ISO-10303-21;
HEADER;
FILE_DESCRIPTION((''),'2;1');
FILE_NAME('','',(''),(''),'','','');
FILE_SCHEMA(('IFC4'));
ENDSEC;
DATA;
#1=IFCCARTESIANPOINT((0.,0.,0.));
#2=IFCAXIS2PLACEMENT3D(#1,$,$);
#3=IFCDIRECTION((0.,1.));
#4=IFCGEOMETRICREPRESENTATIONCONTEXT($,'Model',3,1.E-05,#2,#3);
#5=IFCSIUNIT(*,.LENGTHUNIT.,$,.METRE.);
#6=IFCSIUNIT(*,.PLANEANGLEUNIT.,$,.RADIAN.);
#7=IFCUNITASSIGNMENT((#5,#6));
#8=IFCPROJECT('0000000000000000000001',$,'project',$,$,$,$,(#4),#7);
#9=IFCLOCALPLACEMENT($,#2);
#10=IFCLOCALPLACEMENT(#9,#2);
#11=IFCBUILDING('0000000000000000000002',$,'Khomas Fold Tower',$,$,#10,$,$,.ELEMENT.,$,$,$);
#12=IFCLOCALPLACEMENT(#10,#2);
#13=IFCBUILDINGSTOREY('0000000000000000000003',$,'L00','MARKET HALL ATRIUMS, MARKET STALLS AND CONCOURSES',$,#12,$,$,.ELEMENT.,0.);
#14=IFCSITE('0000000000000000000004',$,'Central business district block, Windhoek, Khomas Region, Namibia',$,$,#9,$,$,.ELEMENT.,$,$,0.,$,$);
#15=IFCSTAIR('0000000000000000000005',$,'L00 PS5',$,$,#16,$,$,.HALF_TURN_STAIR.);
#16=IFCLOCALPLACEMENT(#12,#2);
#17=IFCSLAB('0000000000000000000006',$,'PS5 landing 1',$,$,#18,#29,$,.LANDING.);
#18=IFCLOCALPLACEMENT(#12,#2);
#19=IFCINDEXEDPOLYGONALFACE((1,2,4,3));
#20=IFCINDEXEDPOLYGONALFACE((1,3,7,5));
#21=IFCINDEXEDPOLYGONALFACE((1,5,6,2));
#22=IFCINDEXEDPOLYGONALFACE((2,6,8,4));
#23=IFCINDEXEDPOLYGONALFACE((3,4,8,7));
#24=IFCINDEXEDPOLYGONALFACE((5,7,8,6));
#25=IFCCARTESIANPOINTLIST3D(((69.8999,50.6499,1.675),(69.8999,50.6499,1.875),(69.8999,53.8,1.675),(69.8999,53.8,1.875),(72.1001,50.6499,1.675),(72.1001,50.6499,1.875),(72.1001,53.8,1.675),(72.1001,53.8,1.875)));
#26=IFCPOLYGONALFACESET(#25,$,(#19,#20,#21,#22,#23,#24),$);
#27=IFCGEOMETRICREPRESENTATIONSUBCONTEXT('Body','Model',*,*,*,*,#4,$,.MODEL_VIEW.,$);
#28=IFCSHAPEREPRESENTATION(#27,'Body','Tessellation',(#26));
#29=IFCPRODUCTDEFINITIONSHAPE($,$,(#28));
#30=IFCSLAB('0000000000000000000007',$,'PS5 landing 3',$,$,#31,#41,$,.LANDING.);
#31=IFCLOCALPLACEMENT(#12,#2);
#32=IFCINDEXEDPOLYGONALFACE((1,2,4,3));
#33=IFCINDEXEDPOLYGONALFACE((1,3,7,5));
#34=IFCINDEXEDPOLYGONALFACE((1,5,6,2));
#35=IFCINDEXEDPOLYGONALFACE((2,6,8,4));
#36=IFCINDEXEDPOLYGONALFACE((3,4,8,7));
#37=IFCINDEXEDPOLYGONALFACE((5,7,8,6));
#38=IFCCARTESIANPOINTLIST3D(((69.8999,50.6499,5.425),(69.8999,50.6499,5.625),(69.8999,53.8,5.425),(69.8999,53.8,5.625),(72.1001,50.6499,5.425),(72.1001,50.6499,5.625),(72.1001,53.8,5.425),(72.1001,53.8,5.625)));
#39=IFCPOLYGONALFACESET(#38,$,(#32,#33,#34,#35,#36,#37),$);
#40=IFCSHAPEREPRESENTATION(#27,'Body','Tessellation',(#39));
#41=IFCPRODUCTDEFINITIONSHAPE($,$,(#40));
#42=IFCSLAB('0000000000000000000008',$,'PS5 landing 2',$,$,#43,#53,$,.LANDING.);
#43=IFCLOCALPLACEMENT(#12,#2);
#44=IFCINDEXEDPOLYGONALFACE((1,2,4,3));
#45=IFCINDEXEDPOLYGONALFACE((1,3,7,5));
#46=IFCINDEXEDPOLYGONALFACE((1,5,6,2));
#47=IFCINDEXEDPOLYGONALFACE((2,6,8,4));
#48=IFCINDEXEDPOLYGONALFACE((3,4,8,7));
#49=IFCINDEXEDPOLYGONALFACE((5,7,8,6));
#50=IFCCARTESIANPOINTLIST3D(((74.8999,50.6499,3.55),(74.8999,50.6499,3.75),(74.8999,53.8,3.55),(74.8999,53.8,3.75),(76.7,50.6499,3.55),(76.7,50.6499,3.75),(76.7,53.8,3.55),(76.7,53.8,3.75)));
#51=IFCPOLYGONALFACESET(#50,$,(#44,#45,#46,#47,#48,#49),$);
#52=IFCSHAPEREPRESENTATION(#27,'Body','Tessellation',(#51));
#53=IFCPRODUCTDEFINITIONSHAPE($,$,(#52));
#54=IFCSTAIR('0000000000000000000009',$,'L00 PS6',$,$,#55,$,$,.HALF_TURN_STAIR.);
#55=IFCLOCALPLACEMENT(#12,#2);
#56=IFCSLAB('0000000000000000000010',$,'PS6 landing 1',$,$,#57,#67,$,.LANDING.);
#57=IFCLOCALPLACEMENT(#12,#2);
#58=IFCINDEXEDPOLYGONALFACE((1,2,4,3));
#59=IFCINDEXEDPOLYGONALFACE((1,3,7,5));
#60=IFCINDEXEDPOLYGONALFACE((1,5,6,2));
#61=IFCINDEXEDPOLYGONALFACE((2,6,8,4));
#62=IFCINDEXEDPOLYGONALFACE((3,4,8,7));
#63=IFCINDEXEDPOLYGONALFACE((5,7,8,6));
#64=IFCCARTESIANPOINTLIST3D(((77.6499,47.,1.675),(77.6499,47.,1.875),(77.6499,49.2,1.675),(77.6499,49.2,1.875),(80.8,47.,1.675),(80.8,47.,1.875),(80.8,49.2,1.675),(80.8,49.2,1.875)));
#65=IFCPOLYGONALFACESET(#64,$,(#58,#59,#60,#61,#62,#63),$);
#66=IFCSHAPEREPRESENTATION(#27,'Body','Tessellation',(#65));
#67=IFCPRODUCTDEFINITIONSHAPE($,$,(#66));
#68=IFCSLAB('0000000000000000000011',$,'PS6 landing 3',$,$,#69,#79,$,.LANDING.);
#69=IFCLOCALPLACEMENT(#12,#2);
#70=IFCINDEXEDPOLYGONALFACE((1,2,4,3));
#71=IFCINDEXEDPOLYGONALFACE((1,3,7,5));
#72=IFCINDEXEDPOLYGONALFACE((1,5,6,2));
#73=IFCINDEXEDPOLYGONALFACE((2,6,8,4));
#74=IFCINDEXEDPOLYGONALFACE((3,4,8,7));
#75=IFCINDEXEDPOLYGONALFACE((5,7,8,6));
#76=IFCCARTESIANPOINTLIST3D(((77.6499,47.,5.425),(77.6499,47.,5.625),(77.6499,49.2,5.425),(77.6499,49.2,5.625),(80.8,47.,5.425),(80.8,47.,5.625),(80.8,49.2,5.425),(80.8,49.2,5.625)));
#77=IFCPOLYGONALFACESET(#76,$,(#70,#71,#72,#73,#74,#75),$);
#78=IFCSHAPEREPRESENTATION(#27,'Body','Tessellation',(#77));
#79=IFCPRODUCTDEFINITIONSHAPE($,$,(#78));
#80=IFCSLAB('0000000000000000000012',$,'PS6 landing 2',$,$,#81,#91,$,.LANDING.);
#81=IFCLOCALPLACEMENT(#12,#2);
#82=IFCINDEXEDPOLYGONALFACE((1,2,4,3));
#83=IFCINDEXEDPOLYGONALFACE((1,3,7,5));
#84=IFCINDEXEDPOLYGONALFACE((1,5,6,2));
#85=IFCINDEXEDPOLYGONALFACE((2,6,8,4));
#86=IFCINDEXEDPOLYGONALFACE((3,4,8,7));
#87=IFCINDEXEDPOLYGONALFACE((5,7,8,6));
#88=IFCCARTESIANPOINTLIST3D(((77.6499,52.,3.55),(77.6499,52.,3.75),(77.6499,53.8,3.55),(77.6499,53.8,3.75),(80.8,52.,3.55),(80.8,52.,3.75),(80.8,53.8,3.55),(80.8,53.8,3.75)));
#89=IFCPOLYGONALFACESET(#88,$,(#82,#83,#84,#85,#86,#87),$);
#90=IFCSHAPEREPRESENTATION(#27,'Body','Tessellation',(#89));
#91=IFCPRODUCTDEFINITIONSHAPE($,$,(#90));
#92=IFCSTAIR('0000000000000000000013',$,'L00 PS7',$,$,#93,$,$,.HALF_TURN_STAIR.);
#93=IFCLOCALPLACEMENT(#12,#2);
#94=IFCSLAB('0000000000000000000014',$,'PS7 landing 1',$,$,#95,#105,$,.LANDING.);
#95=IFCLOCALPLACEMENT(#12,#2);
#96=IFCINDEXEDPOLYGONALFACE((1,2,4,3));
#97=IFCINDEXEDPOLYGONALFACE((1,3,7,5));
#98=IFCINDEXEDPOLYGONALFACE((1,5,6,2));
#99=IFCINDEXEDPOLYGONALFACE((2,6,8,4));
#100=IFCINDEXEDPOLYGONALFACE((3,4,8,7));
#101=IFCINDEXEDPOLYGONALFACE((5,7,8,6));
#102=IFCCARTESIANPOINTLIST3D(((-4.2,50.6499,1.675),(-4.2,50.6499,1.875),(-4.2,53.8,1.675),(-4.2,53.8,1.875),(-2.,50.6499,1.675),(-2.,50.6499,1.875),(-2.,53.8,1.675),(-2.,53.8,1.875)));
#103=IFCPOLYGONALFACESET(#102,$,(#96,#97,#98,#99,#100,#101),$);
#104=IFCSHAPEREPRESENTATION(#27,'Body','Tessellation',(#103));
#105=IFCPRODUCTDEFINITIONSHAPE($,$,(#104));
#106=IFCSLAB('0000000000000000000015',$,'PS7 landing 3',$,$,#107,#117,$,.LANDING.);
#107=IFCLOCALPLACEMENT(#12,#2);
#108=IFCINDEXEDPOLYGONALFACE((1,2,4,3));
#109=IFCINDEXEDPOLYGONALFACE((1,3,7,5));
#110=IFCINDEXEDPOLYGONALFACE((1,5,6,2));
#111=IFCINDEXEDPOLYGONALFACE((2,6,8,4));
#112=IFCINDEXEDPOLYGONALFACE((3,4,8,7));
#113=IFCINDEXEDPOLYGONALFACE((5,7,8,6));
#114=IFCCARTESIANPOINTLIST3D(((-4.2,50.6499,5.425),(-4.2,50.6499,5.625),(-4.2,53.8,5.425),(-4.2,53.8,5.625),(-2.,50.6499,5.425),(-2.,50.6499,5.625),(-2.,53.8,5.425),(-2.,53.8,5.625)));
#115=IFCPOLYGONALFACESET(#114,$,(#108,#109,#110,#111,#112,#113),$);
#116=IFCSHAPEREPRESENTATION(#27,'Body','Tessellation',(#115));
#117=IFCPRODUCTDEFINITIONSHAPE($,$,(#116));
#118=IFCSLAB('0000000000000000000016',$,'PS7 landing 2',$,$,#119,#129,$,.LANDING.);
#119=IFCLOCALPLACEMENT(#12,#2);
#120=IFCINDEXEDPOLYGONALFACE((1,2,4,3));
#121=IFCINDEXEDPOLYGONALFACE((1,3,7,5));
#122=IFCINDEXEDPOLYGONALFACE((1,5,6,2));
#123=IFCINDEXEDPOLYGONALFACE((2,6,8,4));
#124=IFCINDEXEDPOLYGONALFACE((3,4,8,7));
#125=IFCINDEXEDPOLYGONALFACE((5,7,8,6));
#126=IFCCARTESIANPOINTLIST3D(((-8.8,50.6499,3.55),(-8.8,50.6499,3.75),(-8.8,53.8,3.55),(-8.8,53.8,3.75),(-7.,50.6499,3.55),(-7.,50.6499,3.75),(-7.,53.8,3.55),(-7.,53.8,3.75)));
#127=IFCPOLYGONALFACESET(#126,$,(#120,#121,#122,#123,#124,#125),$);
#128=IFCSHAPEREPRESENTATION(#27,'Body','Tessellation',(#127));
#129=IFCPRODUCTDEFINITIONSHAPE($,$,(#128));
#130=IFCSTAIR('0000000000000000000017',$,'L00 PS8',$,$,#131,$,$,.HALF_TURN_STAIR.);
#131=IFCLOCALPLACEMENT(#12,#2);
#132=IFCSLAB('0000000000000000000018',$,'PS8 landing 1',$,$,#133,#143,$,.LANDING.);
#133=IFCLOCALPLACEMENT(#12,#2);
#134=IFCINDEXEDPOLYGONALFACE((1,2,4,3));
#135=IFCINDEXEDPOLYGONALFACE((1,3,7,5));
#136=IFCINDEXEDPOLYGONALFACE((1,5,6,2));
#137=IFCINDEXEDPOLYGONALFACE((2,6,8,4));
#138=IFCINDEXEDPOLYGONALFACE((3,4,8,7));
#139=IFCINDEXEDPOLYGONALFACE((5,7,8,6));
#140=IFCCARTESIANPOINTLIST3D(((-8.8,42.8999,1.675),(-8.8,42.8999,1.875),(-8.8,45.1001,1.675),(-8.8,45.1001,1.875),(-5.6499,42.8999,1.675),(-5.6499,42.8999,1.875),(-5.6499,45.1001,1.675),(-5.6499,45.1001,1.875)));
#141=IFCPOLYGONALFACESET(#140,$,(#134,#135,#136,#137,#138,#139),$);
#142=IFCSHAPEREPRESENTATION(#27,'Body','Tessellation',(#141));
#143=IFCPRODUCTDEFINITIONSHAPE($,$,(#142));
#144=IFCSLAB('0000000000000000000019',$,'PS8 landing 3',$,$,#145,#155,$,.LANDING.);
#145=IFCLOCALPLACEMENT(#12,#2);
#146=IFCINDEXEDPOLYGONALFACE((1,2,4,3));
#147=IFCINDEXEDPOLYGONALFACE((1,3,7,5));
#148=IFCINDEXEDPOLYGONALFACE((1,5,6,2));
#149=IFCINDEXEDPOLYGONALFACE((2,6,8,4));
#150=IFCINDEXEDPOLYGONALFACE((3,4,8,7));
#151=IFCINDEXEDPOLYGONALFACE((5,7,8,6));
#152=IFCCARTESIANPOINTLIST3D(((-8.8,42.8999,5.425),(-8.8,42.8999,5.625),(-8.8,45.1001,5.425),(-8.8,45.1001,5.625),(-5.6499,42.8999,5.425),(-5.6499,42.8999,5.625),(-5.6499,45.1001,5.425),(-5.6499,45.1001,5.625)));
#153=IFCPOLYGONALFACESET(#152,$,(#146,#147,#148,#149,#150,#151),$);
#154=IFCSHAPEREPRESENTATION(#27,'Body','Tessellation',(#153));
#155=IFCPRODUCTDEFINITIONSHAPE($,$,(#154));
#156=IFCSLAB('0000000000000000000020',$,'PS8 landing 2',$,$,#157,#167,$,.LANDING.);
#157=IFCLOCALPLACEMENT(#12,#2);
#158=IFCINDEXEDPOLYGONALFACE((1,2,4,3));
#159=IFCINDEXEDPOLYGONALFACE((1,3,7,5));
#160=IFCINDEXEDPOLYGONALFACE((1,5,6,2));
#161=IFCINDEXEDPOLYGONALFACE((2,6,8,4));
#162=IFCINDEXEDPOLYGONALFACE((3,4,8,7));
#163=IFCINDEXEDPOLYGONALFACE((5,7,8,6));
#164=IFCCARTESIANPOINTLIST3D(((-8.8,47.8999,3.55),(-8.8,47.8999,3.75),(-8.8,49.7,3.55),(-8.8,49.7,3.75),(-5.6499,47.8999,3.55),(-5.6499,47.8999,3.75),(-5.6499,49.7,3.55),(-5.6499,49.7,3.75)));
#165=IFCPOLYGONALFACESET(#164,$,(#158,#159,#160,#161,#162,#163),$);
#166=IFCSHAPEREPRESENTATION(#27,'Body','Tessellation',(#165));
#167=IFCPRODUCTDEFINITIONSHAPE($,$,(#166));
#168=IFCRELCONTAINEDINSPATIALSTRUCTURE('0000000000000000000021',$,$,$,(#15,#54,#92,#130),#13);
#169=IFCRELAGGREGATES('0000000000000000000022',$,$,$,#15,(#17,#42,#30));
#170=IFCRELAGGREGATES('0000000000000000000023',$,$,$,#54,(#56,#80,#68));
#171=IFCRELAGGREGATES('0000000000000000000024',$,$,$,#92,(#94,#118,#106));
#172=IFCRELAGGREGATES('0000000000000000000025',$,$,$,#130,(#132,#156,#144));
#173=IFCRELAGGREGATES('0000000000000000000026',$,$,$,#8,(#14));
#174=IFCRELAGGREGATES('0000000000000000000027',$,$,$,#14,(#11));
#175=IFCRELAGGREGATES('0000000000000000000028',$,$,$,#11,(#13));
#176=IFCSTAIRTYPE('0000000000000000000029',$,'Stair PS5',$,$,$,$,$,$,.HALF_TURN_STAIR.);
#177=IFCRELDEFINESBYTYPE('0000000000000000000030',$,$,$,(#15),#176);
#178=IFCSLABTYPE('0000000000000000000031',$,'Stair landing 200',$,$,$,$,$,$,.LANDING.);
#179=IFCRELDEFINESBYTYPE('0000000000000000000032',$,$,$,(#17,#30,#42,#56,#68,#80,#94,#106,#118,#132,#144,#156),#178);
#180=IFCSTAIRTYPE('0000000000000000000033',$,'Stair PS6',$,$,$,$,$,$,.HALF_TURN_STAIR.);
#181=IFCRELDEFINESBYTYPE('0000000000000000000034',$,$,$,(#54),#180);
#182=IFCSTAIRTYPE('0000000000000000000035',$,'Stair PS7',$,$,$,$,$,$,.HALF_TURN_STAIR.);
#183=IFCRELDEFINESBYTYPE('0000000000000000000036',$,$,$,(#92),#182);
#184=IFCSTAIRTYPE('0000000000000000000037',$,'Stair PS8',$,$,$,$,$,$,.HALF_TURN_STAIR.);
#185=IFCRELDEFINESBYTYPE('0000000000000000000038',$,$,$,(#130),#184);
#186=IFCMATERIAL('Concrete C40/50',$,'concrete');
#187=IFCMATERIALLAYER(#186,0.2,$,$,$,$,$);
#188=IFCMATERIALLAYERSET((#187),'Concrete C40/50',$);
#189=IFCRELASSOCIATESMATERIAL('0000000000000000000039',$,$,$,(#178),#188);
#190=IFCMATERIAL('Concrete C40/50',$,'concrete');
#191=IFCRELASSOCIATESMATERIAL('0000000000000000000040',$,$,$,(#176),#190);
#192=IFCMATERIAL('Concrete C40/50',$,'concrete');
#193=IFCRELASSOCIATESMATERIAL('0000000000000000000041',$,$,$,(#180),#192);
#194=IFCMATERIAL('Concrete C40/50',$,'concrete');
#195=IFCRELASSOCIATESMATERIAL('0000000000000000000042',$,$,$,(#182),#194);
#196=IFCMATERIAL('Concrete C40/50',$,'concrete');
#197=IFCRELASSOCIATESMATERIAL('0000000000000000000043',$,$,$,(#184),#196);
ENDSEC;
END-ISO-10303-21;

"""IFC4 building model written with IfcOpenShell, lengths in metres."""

from ifc_helpers import new_model, si_unit, direction, frame, origin, place, context, subcontext, project, spatial, polyline, outline, extrude, source, transform, mapped, material, layer, layer_set, type_object, element, aggregate, save


model = new_model("IFC4")

# Units and contexts
model_context = context("Model", 3, precision=1e-05, world=origin(), true_north=direction((0.0, 1.0)))
body_context = subcontext(model_context, "Body", "Model", "MODEL_VIEW")
ifc_project = project(units=[si_unit("LENGTHUNIT", "METRE"), si_unit("PLANEANGLEUNIT", "RADIAN")], contexts=[model_context])

# Site, building, storey
site_placement = place(None, origin())
site = spatial("IfcSite", under=ifc_project, at=site_placement, Name="Central business district block, Windhoek, Khomas Region, Namibia", CompositionType="ELEMENT", RefElevation=0.0)
building_placement = place(site_placement, origin())
building = spatial("IfcBuilding", under=site, at=building_placement, Name="Khomas Fold Tower", CompositionType="ELEMENT")
storey_placement = place(building_placement, origin())
storey = spatial("IfcBuildingStorey", under=building, at=storey_placement, Name="L00", Description="MARKET HALL ATRIUMS, MARKET STALLS AND CONCOURSES", CompositionType="ELEMENT", Elevation=0.0)

# Stairs, slabs
ifc_material_1 = material(Name="Concrete C40/50", Category="concrete")
ifc_layer_1 = layer(ifc_material_1, 0.2)
ifc_layer_set_1 = layer_set([ifc_layer_1], Name="Concrete C40/50")
slab_type = type_object("IfcSlabType", Name="Stair landing 200", PredefinedType="LANDING", material=ifc_layer_set_1)
ifc_material_2 = material(Name="Concrete C40/50", Category="concrete")
stair_type_1 = type_object("IfcStairType", Name="Stair PS5", PredefinedType="HALF_TURN_STAIR", material=ifc_material_2)
stair_1_placement = place(storey_placement, origin())
stair_1 = element("IfcStair", 1, at=stair_1_placement, inside=storey, type_object=stair_type_1, Name="L00 PS5", PredefinedType="HALF_TURN_STAIR")
shared_shape_1 = source(origin(), body_context, "Body", "SweptSolid", [
    extrude(outline(polyline([(72.1001, 53.8), (69.8999, 53.8), (69.8999, 50.6499), (72.1001, 50.6499), (72.1001, 53.8)])), origin(), (0.0, 0.0, 1.0), 0.2),
])
slab_1_placement = place(storey_placement, frame((0.0, 0.0, 1.675)))
slab_1 = element("IfcSlab", 2, at=slab_1_placement, type_object=slab_type, Name="PS5 landing 1", PredefinedType="LANDING", context=body_context, shape_type="MappedRepresentation", body=[
    mapped(shared_shape_1, transform((0.0, 0.0, 0.0))),
])
slab_2_placement = place(storey_placement, frame((0.0, 0.0, 5.425)))
slab_2 = element("IfcSlab", 3, at=slab_2_placement, type_object=slab_type, Name="PS5 landing 3", PredefinedType="LANDING", context=body_context, shape_type="MappedRepresentation", body=[
    mapped(shared_shape_1, transform((0.0, 0.0, 0.0))),
])
shared_shape_2 = source(origin(), body_context, "Body", "SweptSolid", [
    extrude(outline(polyline([(76.7, 53.8), (74.8999, 53.8), (74.8999, 50.6499), (76.7, 50.6499), (76.7, 53.8)])), origin(), (0.0, 0.0, 1.0), 0.2),
])
slab_3_placement = place(storey_placement, frame((0.0, 0.0, 3.55)))
slab_3 = element("IfcSlab", 4, at=slab_3_placement, type_object=slab_type, Name="PS5 landing 2", PredefinedType="LANDING", context=body_context, shape_type="MappedRepresentation", body=[
    mapped(shared_shape_2, transform((0.0, 0.0, 0.0))),
])
aggregate(stair_1, [slab_1, slab_3, slab_2])
ifc_material_3 = material(Name="Concrete C40/50", Category="concrete")
stair_type_2 = type_object("IfcStairType", Name="Stair PS6", PredefinedType="HALF_TURN_STAIR", material=ifc_material_3)
stair_2_placement = place(storey_placement, origin())
stair_2 = element("IfcStair", 5, at=stair_2_placement, inside=storey, type_object=stair_type_2, Name="L00 PS6", PredefinedType="HALF_TURN_STAIR")
shared_shape_3 = source(origin(), body_context, "Body", "SweptSolid", [
    extrude(outline(polyline([(77.6499, 49.2), (77.6499, 47.0), (80.8, 47.0), (80.8, 49.2), (77.6499, 49.2)])), origin(), (0.0, 0.0, 1.0), 0.2),
])
slab_4_placement = place(storey_placement, frame((0.0, 0.0, 1.675)))
slab_4 = element("IfcSlab", 6, at=slab_4_placement, type_object=slab_type, Name="PS6 landing 1", PredefinedType="LANDING", context=body_context, shape_type="MappedRepresentation", body=[
    mapped(shared_shape_3, transform((0.0, 0.0, 0.0))),
])
slab_5_placement = place(storey_placement, frame((0.0, 0.0, 5.425)))
slab_5 = element("IfcSlab", 7, at=slab_5_placement, type_object=slab_type, Name="PS6 landing 3", PredefinedType="LANDING", context=body_context, shape_type="MappedRepresentation", body=[
    mapped(shared_shape_3, transform((0.0, 0.0, 0.0))),
])
shared_shape_4 = source(origin(), body_context, "Body", "SweptSolid", [
    extrude(outline(polyline([(77.6499, 53.8), (77.6499, 52.0), (80.8, 52.0), (80.8, 53.8), (77.6499, 53.8)])), origin(), (0.0, 0.0, 1.0), 0.2),
])
slab_6_placement = place(storey_placement, frame((0.0, 0.0, 3.55)))
slab_6 = element("IfcSlab", 8, at=slab_6_placement, type_object=slab_type, Name="PS6 landing 2", PredefinedType="LANDING", context=body_context, shape_type="MappedRepresentation", body=[
    mapped(shared_shape_4, transform((0.0, 0.0, 0.0))),
])
aggregate(stair_2, [slab_4, slab_6, slab_5])
ifc_material_4 = material(Name="Concrete C40/50", Category="concrete")
stair_type_3 = type_object("IfcStairType", Name="Stair PS7", PredefinedType="HALF_TURN_STAIR", material=ifc_material_4)
stair_3_placement = place(storey_placement, origin())
stair_3 = element("IfcStair", 9, at=stair_3_placement, inside=storey, type_object=stair_type_3, Name="L00 PS7", PredefinedType="HALF_TURN_STAIR")
shared_shape_5 = source(origin(), body_context, "Body", "SweptSolid", [
    extrude(outline(polyline([(-4.2, 50.6499), (-2.0, 50.6499), (-2.0, 53.8), (-4.2, 53.8), (-4.2, 50.6499)])), origin(), (0.0, 0.0, 1.0), 0.2),
])
slab_7_placement = place(storey_placement, frame((0.0, 0.0, 1.675)))
slab_7 = element("IfcSlab", 10, at=slab_7_placement, type_object=slab_type, Name="PS7 landing 1", PredefinedType="LANDING", context=body_context, shape_type="MappedRepresentation", body=[
    mapped(shared_shape_5, transform((0.0, 0.0, 0.0))),
])
slab_8_placement = place(storey_placement, frame((0.0, 0.0, 5.425)))
slab_8 = element("IfcSlab", 11, at=slab_8_placement, type_object=slab_type, Name="PS7 landing 3", PredefinedType="LANDING", context=body_context, shape_type="MappedRepresentation", body=[
    mapped(shared_shape_5, transform((0.0, 0.0, 0.0))),
])
shared_shape_6 = source(origin(), body_context, "Body", "SweptSolid", [
    extrude(outline(polyline([(-8.8, 50.6499), (-7.0, 50.6499), (-7.0, 53.8), (-8.8, 53.8), (-8.8, 50.6499)])), origin(), (0.0, 0.0, 1.0), 0.2),
])
slab_9_placement = place(storey_placement, frame((0.0, 0.0, 3.55)))
slab_9 = element("IfcSlab", 12, at=slab_9_placement, type_object=slab_type, Name="PS7 landing 2", PredefinedType="LANDING", context=body_context, shape_type="MappedRepresentation", body=[
    mapped(shared_shape_6, transform((0.0, 0.0, 0.0))),
])
aggregate(stair_3, [slab_7, slab_9, slab_8])
ifc_material_5 = material(Name="Concrete C40/50", Category="concrete")
stair_type_4 = type_object("IfcStairType", Name="Stair PS8", PredefinedType="HALF_TURN_STAIR", material=ifc_material_5)
stair_4_placement = place(storey_placement, origin())
stair_4 = element("IfcStair", 13, at=stair_4_placement, inside=storey, type_object=stair_type_4, Name="L00 PS8", PredefinedType="HALF_TURN_STAIR")
shared_shape_7 = source(origin(), body_context, "Body", "SweptSolid", [
    extrude(outline(polyline([(-8.8, 45.1001), (-8.8, 42.8999), (-5.6499, 42.8999), (-5.6499, 45.1001), (-8.8, 45.1001)])), origin(), (0.0, 0.0, 1.0), 0.2),
])
slab_10_placement = place(storey_placement, frame((0.0, 0.0, 1.675)))
slab_10 = element("IfcSlab", 14, at=slab_10_placement, type_object=slab_type, Name="PS8 landing 1", PredefinedType="LANDING", context=body_context, shape_type="MappedRepresentation", body=[
    mapped(shared_shape_7, transform((0.0, 0.0, 0.0))),
])
slab_11_placement = place(storey_placement, frame((0.0, 0.0, 5.425)))
slab_11 = element("IfcSlab", 15, at=slab_11_placement, type_object=slab_type, Name="PS8 landing 3", PredefinedType="LANDING", context=body_context, shape_type="MappedRepresentation", body=[
    mapped(shared_shape_7, transform((0.0, 0.0, 0.0))),
])
shared_shape_8 = source(origin(), body_context, "Body", "SweptSolid", [
    extrude(outline(polyline([(-8.8, 49.7), (-8.8, 47.8999), (-5.6499, 47.8999), (-5.6499, 49.7), (-8.8, 49.7)])), origin(), (0.0, 0.0, 1.0), 0.2),
])
slab_12_placement = place(storey_placement, frame((0.0, 0.0, 3.55)))
slab_12 = element("IfcSlab", 16, at=slab_12_placement, type_object=slab_type, Name="PS8 landing 2", PredefinedType="LANDING", context=body_context, shape_type="MappedRepresentation", body=[
    mapped(shared_shape_8, transform((0.0, 0.0, 0.0))),
])
aggregate(stair_4, [slab_10, slab_12, slab_11])

save(model, "model.ifc")
